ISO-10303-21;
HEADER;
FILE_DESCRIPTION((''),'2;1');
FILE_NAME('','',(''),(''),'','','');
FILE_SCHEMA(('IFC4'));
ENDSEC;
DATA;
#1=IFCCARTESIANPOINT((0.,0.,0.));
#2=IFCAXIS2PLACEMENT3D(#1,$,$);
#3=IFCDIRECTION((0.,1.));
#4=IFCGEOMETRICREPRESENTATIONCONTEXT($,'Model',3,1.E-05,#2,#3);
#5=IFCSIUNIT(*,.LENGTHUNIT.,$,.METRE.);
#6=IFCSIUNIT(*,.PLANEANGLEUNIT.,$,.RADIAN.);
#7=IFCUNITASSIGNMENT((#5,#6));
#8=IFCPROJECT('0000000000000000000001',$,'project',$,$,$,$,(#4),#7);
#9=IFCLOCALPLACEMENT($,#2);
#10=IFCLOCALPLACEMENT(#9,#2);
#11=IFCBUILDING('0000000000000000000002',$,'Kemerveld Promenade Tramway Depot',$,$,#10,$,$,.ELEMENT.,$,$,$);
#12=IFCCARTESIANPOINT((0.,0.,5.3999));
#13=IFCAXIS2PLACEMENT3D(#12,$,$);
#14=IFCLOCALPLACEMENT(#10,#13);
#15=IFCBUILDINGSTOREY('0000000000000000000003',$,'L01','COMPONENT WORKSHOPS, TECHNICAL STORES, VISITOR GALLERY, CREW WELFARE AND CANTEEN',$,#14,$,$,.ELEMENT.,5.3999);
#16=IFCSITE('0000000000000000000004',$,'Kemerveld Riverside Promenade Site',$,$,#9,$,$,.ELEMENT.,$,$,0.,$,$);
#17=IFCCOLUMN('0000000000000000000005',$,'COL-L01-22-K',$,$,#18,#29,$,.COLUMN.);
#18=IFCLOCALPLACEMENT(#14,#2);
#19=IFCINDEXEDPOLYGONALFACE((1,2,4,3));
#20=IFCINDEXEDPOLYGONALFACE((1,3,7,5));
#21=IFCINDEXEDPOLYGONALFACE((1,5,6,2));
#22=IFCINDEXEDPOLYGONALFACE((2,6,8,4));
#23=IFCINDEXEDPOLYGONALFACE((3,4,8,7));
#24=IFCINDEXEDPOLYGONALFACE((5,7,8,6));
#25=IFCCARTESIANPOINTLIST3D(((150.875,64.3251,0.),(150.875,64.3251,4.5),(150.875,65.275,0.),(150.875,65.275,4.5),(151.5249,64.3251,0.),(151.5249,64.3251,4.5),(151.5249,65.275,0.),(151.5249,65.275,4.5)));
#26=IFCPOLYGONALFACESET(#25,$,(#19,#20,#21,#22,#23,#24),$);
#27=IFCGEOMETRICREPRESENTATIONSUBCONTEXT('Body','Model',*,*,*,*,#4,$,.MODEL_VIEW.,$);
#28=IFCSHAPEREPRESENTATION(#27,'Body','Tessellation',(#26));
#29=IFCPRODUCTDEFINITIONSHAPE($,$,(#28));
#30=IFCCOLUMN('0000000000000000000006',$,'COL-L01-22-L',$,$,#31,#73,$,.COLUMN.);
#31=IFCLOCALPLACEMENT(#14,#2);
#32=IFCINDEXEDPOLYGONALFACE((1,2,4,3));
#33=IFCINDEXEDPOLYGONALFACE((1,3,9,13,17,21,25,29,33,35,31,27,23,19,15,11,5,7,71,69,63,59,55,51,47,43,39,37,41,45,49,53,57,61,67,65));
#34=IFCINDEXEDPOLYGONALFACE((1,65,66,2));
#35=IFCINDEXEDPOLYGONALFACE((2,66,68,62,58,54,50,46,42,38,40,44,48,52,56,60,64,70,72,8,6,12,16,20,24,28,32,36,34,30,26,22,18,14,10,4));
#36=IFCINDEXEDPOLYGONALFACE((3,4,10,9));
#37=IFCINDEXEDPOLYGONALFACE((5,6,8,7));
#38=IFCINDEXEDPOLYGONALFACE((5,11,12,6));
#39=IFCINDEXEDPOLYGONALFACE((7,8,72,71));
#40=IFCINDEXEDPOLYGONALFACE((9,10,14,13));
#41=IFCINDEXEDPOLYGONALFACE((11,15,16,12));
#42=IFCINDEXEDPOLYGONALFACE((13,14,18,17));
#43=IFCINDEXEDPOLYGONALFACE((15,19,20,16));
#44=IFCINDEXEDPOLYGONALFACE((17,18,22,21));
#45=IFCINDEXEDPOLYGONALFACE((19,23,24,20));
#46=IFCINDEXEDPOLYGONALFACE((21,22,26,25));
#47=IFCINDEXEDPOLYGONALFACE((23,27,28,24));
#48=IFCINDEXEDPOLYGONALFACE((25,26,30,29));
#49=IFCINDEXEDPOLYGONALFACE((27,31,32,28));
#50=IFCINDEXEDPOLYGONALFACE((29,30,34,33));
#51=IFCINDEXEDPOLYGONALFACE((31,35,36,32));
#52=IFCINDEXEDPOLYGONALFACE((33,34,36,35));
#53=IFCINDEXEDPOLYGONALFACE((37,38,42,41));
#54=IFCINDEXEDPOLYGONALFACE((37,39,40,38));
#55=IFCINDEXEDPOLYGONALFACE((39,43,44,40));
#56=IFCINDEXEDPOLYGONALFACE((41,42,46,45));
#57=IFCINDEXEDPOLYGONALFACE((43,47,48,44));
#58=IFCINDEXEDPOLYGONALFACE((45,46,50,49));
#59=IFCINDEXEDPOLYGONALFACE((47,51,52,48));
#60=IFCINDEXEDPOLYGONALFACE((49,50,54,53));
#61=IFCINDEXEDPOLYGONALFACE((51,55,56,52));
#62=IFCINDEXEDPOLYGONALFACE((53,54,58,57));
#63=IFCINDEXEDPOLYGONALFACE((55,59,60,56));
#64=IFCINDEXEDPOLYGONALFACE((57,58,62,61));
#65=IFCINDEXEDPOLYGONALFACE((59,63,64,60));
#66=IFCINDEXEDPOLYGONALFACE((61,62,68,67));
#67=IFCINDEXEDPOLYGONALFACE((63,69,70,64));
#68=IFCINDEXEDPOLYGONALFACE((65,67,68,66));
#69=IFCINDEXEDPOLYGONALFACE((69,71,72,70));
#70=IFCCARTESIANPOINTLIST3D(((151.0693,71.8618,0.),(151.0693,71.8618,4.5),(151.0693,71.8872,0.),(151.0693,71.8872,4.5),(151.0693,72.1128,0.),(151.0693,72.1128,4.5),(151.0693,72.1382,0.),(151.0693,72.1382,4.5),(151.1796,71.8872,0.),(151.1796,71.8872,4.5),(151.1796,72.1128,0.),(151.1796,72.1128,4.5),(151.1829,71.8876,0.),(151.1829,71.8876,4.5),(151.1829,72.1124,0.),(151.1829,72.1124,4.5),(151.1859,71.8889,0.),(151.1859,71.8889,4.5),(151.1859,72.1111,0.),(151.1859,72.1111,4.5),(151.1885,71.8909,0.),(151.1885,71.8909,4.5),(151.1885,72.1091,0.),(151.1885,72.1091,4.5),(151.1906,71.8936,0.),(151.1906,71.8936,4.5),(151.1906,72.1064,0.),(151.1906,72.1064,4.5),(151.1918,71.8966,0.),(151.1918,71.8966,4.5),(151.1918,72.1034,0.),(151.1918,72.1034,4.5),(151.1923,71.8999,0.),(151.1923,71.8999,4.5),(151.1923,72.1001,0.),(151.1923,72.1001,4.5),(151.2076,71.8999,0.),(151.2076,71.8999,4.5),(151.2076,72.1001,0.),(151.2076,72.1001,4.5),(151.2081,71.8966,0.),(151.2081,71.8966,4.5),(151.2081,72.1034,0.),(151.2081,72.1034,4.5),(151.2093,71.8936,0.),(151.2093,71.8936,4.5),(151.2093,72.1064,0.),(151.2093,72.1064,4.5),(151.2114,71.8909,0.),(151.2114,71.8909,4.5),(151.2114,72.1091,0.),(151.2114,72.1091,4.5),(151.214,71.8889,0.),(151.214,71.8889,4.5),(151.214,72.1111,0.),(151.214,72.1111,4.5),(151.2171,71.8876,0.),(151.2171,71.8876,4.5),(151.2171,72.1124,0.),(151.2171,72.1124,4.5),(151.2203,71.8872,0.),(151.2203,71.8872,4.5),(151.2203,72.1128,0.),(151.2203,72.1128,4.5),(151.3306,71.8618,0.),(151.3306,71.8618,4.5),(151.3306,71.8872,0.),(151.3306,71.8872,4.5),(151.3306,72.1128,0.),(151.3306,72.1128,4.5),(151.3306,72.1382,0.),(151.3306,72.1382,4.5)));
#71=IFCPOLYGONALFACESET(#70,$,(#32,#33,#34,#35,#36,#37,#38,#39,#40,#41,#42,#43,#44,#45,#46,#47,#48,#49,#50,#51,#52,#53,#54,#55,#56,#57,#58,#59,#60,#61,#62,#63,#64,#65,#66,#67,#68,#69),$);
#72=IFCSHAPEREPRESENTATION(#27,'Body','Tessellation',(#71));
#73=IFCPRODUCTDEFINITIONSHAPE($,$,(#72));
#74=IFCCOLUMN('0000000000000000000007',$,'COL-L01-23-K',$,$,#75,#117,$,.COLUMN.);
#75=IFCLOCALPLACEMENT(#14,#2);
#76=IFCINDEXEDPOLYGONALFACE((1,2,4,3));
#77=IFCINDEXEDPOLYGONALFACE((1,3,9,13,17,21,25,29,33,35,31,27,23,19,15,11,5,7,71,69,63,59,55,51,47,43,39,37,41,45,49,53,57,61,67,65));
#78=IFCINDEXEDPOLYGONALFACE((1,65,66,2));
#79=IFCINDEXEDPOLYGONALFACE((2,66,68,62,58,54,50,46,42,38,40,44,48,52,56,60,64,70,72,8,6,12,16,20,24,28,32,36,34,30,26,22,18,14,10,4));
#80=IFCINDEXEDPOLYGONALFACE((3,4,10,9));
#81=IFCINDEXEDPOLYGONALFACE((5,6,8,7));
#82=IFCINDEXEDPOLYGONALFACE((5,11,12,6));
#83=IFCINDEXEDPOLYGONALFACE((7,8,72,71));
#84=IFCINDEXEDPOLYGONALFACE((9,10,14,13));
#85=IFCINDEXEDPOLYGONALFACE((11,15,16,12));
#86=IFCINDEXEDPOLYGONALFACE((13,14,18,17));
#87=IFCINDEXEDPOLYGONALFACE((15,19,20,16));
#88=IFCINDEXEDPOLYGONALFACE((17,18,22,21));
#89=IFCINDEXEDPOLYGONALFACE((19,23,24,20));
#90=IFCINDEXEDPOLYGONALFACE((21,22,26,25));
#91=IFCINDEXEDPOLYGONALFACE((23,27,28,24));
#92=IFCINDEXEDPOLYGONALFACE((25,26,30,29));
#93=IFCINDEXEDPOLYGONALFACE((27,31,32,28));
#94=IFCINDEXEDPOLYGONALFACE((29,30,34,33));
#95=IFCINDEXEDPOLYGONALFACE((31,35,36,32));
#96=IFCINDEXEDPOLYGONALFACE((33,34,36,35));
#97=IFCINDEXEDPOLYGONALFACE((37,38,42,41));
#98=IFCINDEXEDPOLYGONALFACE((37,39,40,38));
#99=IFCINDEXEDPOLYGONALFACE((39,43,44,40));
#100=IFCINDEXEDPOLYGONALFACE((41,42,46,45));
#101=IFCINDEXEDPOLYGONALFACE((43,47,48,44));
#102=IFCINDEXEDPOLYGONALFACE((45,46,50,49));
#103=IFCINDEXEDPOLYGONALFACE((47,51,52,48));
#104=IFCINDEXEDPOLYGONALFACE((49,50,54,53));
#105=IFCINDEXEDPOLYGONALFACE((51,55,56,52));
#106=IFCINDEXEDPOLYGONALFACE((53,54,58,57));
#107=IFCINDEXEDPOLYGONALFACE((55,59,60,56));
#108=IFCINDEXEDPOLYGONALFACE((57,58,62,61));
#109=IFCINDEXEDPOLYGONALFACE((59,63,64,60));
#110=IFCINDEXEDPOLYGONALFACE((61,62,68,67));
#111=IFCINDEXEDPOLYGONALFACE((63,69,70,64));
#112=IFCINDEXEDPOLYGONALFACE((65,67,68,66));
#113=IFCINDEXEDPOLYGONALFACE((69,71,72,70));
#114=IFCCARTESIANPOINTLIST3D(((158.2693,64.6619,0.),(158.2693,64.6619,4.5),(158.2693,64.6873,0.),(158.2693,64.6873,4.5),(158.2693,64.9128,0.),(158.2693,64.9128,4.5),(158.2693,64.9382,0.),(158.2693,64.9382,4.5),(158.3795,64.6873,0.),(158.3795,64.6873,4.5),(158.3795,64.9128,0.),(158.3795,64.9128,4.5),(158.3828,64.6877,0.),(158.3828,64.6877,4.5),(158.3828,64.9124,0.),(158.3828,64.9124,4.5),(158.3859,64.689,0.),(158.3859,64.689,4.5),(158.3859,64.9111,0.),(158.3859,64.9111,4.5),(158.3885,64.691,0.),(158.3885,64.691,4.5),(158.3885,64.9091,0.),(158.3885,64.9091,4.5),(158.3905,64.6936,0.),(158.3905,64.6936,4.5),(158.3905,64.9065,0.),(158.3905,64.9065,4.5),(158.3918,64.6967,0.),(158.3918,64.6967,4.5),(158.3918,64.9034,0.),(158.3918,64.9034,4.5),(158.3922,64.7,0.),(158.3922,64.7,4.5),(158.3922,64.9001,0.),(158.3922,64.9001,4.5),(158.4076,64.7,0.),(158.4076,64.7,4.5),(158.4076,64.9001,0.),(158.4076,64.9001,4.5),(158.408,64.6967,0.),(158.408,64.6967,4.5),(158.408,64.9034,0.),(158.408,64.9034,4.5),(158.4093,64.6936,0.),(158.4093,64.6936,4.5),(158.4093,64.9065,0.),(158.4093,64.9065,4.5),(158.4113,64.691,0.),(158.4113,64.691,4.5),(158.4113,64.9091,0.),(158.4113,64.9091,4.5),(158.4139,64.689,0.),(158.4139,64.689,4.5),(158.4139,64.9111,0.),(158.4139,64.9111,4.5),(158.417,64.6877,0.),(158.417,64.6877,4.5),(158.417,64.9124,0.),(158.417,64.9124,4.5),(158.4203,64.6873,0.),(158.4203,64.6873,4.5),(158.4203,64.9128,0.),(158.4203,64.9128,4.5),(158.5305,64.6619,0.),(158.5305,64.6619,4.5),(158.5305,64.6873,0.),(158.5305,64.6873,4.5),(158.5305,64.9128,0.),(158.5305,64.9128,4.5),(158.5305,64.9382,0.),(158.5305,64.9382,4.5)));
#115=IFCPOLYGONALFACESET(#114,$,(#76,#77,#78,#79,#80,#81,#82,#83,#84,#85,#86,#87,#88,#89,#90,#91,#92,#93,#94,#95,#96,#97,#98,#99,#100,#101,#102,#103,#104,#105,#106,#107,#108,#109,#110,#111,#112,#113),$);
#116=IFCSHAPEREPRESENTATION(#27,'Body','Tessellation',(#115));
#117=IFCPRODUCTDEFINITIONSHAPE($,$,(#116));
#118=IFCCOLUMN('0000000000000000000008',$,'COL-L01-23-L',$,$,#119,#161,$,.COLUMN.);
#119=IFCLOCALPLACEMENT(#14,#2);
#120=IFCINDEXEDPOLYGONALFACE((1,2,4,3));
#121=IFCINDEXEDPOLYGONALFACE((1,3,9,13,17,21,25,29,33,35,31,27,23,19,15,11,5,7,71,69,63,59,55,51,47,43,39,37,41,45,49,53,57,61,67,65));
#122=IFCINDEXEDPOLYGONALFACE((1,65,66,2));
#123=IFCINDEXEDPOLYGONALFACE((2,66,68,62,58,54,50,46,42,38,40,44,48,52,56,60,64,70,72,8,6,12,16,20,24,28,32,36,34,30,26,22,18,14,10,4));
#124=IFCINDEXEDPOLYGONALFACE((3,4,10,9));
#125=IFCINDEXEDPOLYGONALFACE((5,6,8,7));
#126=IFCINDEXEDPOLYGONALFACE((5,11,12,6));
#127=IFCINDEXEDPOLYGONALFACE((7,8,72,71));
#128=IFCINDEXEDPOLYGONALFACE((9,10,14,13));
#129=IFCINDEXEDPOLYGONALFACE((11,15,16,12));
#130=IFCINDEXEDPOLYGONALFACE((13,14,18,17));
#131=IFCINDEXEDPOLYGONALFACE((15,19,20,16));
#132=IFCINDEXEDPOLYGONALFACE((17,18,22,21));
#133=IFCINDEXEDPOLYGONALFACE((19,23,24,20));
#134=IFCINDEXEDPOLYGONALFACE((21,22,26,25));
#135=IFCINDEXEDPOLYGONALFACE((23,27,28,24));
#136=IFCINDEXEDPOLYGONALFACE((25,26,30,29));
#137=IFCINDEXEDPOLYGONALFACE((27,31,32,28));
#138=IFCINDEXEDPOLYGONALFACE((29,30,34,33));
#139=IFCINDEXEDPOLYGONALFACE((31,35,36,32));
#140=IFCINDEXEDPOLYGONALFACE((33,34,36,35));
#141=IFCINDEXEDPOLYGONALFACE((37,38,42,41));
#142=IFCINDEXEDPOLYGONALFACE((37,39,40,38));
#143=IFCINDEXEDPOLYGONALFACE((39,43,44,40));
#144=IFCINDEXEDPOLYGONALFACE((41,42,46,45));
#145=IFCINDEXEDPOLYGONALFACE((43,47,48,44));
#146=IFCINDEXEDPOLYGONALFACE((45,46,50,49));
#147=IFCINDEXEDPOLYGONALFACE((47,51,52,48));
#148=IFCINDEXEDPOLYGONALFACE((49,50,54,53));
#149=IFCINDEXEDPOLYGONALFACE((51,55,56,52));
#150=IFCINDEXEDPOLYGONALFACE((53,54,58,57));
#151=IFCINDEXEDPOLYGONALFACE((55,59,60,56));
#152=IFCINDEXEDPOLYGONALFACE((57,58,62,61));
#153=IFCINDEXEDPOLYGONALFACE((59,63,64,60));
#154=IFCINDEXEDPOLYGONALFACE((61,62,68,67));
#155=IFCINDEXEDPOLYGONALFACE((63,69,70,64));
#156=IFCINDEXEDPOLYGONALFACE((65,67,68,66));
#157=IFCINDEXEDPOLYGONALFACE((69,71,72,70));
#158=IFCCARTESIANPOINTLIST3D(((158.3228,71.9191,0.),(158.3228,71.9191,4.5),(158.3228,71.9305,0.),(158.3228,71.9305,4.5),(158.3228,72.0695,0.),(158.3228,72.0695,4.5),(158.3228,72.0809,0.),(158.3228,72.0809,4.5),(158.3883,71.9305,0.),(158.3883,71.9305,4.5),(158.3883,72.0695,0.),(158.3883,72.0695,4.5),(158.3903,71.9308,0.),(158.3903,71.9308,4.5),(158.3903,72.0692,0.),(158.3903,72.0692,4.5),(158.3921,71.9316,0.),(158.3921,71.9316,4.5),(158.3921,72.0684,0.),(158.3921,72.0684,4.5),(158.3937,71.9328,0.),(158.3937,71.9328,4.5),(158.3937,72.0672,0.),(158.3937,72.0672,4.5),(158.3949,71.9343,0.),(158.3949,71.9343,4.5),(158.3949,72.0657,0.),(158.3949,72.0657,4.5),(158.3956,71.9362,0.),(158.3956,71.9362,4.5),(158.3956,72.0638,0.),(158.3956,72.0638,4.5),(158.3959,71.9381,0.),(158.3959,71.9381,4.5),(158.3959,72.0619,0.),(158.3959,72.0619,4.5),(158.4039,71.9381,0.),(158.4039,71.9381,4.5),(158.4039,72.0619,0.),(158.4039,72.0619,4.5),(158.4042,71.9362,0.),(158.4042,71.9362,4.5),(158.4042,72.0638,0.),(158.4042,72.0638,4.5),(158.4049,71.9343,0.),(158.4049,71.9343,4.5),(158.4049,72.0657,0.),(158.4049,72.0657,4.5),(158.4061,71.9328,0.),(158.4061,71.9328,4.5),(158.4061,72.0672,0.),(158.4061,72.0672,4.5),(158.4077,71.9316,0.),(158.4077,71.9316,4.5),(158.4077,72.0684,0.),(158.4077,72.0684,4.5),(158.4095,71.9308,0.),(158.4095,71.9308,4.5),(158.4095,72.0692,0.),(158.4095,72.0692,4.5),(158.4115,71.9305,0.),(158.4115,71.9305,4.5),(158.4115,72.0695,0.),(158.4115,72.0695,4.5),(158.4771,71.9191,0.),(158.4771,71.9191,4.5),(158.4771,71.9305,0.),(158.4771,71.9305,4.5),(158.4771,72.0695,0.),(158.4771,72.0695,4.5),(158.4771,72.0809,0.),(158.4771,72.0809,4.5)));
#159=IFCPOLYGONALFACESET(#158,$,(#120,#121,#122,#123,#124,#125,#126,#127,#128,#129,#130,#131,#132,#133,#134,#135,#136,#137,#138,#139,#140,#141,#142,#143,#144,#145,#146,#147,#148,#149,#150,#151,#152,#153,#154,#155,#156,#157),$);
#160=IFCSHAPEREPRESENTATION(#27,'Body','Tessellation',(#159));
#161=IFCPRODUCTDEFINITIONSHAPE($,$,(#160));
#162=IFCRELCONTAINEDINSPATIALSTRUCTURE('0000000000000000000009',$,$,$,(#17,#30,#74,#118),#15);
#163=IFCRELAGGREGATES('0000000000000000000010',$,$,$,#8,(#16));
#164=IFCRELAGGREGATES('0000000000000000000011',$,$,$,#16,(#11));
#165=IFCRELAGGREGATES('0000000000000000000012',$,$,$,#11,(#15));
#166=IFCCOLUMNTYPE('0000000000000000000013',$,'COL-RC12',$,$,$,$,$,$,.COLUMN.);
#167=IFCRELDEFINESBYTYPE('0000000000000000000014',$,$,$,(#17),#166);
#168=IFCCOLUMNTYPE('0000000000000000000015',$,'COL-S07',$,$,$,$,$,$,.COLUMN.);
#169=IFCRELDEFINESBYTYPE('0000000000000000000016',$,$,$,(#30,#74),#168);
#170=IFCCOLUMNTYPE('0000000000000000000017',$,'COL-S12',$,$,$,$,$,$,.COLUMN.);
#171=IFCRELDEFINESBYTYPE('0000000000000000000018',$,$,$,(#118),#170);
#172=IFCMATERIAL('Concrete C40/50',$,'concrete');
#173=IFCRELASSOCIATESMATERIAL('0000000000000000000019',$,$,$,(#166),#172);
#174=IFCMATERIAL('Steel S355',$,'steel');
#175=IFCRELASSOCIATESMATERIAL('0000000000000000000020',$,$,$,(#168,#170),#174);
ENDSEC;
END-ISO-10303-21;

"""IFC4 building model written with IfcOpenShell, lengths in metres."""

from ifc_helpers import new_model, si_unit, direction, frame, origin, origin_2d, place, context, subcontext, project, spatial, rectangle, i_section, extrude, material, material_profile, profile_set, type_object, element, save


model = new_model("IFC4")

# Units and contexts
model_context = context("Model", 3, precision=1e-05, world=origin(), true_north=direction((0.0, 1.0)))
body_context = subcontext(model_context, "Body", "Model", "MODEL_VIEW")
ifc_project = project(units=[si_unit("LENGTHUNIT", "METRE"), si_unit("PLANEANGLEUNIT", "RADIAN")], contexts=[model_context])

# Site, building, storey
site_placement = place(None, origin())
site = spatial("IfcSite", under=ifc_project, at=site_placement, Name="Kemerveld Riverside Promenade Site", CompositionType="ELEMENT", RefElevation=0.0)
building_placement = place(site_placement, origin())
building = spatial("IfcBuilding", under=site, at=building_placement, Name="Kemerveld Promenade Tramway Depot", CompositionType="ELEMENT")
storey_placement = place(building_placement, frame((0.0, 0.0, 5.3999)))
storey = spatial("IfcBuildingStorey", under=building, at=storey_placement, Name="L01", Description="COMPONENT WORKSHOPS, TECHNICAL STORES, VISITOR GALLERY, CREW WELFARE AND CANTEEN", CompositionType="ELEMENT", Elevation=5.3999)

# Columns
ifc_material_1 = material(Name="Concrete C40/50", Category="concrete")
ifc_material_profile_1 = material_profile(ifc_material_1, rectangle(XDim=0.6499, YDim=0.95, at=origin_2d()), Name="RC-PIER-950x650")
ifc_profile_set_1 = profile_set([ifc_material_profile_1], Name="Concrete C40/50")
column_type_1 = type_object("IfcColumnType", Name="COL-RC12", PredefinedType="COLUMN", material=ifc_profile_set_1)
column_1_placement = place(storey_placement, frame((151.2, 64.8, 0.0), z_axis=(0.0, 0.0, 1.0), x_axis=(1.0, 0.0, 0.0)))
element("IfcColumn", 1, at=column_1_placement, inside=storey, type_object=column_type_1, Name="COL-L01-22-K", PredefinedType="COLUMN", context=body_context, shape_type="SweptSolid", body=[
    extrude(rectangle(XDim=0.6499, YDim=0.95, at=origin_2d()), origin(), (0.0, 0.0, 1.0), 4.5),
])
ifc_material_2 = material(Name="Steel S355", Category="steel")
ifc_material_profile_2 = material_profile(ifc_material_2, i_section(OverallWidth=0.2612, OverallDepth=0.2764, WebThickness=0.0154, FlangeThickness=0.0254, FilletRadius=0.0127, at=origin_2d()), Name="254x254x132 UC")
ifc_profile_set_2 = profile_set([ifc_material_profile_2], Name="Steel S355")
column_type_2 = type_object("IfcColumnType", Name="COL-S07", PredefinedType="COLUMN", material=ifc_profile_set_2)
for number, where, z_axis, x_axis, name in (
    (2, (151.2, 72.0, 0.0), (0.0, 0.0, 1.0), (1.0, 0.0, 0.0), "COL-L01-22-L"),
    (3, (158.3999, 64.8, 0.0), (0.0, 0.0, 1.0), (1.0, 0.0, 0.0), "COL-L01-23-K"),
):
    element("IfcColumn", number, at=place(storey_placement, frame(where, z_axis=z_axis, x_axis=x_axis)), inside=storey, type_object=column_type_2, Name=name, PredefinedType="COLUMN", context=body_context, shape_type="SweptSolid", body=[
        extrude(i_section(OverallWidth=0.2612, OverallDepth=0.2764, WebThickness=0.0154, FlangeThickness=0.0254, FilletRadius=0.0127, at=origin_2d()), origin(), (0.0, 0.0, 1.0), 4.5),
    ])
ifc_material_profile_3 = material_profile(ifc_material_2, i_section(OverallWidth=0.1543, OverallDepth=0.1619, WebThickness=0.0081, FlangeThickness=0.0115, FilletRadius=0.0076, at=origin_2d()), Name="152x152x37 UC")
ifc_profile_set_3 = profile_set([ifc_material_profile_3], Name="Steel S355")
column_type_3 = type_object("IfcColumnType", Name="COL-S12", PredefinedType="COLUMN", material=ifc_profile_set_3)
column_2_placement = place(storey_placement, frame((158.3999, 72.0, 0.0), z_axis=(0.0, 0.0, 1.0), x_axis=(1.0, 0.0, 0.0)))
element("IfcColumn", 4, at=column_2_placement, inside=storey, type_object=column_type_3, Name="COL-L01-23-L", PredefinedType="COLUMN", context=body_context, shape_type="SweptSolid", body=[
    extrude(i_section(OverallWidth=0.1543, OverallDepth=0.1619, WebThickness=0.0081, FlangeThickness=0.0115, FilletRadius=0.0076, at=origin_2d()), origin(), (0.0, 0.0, 1.0), 4.5),
])

save(model, "model.ifc")
